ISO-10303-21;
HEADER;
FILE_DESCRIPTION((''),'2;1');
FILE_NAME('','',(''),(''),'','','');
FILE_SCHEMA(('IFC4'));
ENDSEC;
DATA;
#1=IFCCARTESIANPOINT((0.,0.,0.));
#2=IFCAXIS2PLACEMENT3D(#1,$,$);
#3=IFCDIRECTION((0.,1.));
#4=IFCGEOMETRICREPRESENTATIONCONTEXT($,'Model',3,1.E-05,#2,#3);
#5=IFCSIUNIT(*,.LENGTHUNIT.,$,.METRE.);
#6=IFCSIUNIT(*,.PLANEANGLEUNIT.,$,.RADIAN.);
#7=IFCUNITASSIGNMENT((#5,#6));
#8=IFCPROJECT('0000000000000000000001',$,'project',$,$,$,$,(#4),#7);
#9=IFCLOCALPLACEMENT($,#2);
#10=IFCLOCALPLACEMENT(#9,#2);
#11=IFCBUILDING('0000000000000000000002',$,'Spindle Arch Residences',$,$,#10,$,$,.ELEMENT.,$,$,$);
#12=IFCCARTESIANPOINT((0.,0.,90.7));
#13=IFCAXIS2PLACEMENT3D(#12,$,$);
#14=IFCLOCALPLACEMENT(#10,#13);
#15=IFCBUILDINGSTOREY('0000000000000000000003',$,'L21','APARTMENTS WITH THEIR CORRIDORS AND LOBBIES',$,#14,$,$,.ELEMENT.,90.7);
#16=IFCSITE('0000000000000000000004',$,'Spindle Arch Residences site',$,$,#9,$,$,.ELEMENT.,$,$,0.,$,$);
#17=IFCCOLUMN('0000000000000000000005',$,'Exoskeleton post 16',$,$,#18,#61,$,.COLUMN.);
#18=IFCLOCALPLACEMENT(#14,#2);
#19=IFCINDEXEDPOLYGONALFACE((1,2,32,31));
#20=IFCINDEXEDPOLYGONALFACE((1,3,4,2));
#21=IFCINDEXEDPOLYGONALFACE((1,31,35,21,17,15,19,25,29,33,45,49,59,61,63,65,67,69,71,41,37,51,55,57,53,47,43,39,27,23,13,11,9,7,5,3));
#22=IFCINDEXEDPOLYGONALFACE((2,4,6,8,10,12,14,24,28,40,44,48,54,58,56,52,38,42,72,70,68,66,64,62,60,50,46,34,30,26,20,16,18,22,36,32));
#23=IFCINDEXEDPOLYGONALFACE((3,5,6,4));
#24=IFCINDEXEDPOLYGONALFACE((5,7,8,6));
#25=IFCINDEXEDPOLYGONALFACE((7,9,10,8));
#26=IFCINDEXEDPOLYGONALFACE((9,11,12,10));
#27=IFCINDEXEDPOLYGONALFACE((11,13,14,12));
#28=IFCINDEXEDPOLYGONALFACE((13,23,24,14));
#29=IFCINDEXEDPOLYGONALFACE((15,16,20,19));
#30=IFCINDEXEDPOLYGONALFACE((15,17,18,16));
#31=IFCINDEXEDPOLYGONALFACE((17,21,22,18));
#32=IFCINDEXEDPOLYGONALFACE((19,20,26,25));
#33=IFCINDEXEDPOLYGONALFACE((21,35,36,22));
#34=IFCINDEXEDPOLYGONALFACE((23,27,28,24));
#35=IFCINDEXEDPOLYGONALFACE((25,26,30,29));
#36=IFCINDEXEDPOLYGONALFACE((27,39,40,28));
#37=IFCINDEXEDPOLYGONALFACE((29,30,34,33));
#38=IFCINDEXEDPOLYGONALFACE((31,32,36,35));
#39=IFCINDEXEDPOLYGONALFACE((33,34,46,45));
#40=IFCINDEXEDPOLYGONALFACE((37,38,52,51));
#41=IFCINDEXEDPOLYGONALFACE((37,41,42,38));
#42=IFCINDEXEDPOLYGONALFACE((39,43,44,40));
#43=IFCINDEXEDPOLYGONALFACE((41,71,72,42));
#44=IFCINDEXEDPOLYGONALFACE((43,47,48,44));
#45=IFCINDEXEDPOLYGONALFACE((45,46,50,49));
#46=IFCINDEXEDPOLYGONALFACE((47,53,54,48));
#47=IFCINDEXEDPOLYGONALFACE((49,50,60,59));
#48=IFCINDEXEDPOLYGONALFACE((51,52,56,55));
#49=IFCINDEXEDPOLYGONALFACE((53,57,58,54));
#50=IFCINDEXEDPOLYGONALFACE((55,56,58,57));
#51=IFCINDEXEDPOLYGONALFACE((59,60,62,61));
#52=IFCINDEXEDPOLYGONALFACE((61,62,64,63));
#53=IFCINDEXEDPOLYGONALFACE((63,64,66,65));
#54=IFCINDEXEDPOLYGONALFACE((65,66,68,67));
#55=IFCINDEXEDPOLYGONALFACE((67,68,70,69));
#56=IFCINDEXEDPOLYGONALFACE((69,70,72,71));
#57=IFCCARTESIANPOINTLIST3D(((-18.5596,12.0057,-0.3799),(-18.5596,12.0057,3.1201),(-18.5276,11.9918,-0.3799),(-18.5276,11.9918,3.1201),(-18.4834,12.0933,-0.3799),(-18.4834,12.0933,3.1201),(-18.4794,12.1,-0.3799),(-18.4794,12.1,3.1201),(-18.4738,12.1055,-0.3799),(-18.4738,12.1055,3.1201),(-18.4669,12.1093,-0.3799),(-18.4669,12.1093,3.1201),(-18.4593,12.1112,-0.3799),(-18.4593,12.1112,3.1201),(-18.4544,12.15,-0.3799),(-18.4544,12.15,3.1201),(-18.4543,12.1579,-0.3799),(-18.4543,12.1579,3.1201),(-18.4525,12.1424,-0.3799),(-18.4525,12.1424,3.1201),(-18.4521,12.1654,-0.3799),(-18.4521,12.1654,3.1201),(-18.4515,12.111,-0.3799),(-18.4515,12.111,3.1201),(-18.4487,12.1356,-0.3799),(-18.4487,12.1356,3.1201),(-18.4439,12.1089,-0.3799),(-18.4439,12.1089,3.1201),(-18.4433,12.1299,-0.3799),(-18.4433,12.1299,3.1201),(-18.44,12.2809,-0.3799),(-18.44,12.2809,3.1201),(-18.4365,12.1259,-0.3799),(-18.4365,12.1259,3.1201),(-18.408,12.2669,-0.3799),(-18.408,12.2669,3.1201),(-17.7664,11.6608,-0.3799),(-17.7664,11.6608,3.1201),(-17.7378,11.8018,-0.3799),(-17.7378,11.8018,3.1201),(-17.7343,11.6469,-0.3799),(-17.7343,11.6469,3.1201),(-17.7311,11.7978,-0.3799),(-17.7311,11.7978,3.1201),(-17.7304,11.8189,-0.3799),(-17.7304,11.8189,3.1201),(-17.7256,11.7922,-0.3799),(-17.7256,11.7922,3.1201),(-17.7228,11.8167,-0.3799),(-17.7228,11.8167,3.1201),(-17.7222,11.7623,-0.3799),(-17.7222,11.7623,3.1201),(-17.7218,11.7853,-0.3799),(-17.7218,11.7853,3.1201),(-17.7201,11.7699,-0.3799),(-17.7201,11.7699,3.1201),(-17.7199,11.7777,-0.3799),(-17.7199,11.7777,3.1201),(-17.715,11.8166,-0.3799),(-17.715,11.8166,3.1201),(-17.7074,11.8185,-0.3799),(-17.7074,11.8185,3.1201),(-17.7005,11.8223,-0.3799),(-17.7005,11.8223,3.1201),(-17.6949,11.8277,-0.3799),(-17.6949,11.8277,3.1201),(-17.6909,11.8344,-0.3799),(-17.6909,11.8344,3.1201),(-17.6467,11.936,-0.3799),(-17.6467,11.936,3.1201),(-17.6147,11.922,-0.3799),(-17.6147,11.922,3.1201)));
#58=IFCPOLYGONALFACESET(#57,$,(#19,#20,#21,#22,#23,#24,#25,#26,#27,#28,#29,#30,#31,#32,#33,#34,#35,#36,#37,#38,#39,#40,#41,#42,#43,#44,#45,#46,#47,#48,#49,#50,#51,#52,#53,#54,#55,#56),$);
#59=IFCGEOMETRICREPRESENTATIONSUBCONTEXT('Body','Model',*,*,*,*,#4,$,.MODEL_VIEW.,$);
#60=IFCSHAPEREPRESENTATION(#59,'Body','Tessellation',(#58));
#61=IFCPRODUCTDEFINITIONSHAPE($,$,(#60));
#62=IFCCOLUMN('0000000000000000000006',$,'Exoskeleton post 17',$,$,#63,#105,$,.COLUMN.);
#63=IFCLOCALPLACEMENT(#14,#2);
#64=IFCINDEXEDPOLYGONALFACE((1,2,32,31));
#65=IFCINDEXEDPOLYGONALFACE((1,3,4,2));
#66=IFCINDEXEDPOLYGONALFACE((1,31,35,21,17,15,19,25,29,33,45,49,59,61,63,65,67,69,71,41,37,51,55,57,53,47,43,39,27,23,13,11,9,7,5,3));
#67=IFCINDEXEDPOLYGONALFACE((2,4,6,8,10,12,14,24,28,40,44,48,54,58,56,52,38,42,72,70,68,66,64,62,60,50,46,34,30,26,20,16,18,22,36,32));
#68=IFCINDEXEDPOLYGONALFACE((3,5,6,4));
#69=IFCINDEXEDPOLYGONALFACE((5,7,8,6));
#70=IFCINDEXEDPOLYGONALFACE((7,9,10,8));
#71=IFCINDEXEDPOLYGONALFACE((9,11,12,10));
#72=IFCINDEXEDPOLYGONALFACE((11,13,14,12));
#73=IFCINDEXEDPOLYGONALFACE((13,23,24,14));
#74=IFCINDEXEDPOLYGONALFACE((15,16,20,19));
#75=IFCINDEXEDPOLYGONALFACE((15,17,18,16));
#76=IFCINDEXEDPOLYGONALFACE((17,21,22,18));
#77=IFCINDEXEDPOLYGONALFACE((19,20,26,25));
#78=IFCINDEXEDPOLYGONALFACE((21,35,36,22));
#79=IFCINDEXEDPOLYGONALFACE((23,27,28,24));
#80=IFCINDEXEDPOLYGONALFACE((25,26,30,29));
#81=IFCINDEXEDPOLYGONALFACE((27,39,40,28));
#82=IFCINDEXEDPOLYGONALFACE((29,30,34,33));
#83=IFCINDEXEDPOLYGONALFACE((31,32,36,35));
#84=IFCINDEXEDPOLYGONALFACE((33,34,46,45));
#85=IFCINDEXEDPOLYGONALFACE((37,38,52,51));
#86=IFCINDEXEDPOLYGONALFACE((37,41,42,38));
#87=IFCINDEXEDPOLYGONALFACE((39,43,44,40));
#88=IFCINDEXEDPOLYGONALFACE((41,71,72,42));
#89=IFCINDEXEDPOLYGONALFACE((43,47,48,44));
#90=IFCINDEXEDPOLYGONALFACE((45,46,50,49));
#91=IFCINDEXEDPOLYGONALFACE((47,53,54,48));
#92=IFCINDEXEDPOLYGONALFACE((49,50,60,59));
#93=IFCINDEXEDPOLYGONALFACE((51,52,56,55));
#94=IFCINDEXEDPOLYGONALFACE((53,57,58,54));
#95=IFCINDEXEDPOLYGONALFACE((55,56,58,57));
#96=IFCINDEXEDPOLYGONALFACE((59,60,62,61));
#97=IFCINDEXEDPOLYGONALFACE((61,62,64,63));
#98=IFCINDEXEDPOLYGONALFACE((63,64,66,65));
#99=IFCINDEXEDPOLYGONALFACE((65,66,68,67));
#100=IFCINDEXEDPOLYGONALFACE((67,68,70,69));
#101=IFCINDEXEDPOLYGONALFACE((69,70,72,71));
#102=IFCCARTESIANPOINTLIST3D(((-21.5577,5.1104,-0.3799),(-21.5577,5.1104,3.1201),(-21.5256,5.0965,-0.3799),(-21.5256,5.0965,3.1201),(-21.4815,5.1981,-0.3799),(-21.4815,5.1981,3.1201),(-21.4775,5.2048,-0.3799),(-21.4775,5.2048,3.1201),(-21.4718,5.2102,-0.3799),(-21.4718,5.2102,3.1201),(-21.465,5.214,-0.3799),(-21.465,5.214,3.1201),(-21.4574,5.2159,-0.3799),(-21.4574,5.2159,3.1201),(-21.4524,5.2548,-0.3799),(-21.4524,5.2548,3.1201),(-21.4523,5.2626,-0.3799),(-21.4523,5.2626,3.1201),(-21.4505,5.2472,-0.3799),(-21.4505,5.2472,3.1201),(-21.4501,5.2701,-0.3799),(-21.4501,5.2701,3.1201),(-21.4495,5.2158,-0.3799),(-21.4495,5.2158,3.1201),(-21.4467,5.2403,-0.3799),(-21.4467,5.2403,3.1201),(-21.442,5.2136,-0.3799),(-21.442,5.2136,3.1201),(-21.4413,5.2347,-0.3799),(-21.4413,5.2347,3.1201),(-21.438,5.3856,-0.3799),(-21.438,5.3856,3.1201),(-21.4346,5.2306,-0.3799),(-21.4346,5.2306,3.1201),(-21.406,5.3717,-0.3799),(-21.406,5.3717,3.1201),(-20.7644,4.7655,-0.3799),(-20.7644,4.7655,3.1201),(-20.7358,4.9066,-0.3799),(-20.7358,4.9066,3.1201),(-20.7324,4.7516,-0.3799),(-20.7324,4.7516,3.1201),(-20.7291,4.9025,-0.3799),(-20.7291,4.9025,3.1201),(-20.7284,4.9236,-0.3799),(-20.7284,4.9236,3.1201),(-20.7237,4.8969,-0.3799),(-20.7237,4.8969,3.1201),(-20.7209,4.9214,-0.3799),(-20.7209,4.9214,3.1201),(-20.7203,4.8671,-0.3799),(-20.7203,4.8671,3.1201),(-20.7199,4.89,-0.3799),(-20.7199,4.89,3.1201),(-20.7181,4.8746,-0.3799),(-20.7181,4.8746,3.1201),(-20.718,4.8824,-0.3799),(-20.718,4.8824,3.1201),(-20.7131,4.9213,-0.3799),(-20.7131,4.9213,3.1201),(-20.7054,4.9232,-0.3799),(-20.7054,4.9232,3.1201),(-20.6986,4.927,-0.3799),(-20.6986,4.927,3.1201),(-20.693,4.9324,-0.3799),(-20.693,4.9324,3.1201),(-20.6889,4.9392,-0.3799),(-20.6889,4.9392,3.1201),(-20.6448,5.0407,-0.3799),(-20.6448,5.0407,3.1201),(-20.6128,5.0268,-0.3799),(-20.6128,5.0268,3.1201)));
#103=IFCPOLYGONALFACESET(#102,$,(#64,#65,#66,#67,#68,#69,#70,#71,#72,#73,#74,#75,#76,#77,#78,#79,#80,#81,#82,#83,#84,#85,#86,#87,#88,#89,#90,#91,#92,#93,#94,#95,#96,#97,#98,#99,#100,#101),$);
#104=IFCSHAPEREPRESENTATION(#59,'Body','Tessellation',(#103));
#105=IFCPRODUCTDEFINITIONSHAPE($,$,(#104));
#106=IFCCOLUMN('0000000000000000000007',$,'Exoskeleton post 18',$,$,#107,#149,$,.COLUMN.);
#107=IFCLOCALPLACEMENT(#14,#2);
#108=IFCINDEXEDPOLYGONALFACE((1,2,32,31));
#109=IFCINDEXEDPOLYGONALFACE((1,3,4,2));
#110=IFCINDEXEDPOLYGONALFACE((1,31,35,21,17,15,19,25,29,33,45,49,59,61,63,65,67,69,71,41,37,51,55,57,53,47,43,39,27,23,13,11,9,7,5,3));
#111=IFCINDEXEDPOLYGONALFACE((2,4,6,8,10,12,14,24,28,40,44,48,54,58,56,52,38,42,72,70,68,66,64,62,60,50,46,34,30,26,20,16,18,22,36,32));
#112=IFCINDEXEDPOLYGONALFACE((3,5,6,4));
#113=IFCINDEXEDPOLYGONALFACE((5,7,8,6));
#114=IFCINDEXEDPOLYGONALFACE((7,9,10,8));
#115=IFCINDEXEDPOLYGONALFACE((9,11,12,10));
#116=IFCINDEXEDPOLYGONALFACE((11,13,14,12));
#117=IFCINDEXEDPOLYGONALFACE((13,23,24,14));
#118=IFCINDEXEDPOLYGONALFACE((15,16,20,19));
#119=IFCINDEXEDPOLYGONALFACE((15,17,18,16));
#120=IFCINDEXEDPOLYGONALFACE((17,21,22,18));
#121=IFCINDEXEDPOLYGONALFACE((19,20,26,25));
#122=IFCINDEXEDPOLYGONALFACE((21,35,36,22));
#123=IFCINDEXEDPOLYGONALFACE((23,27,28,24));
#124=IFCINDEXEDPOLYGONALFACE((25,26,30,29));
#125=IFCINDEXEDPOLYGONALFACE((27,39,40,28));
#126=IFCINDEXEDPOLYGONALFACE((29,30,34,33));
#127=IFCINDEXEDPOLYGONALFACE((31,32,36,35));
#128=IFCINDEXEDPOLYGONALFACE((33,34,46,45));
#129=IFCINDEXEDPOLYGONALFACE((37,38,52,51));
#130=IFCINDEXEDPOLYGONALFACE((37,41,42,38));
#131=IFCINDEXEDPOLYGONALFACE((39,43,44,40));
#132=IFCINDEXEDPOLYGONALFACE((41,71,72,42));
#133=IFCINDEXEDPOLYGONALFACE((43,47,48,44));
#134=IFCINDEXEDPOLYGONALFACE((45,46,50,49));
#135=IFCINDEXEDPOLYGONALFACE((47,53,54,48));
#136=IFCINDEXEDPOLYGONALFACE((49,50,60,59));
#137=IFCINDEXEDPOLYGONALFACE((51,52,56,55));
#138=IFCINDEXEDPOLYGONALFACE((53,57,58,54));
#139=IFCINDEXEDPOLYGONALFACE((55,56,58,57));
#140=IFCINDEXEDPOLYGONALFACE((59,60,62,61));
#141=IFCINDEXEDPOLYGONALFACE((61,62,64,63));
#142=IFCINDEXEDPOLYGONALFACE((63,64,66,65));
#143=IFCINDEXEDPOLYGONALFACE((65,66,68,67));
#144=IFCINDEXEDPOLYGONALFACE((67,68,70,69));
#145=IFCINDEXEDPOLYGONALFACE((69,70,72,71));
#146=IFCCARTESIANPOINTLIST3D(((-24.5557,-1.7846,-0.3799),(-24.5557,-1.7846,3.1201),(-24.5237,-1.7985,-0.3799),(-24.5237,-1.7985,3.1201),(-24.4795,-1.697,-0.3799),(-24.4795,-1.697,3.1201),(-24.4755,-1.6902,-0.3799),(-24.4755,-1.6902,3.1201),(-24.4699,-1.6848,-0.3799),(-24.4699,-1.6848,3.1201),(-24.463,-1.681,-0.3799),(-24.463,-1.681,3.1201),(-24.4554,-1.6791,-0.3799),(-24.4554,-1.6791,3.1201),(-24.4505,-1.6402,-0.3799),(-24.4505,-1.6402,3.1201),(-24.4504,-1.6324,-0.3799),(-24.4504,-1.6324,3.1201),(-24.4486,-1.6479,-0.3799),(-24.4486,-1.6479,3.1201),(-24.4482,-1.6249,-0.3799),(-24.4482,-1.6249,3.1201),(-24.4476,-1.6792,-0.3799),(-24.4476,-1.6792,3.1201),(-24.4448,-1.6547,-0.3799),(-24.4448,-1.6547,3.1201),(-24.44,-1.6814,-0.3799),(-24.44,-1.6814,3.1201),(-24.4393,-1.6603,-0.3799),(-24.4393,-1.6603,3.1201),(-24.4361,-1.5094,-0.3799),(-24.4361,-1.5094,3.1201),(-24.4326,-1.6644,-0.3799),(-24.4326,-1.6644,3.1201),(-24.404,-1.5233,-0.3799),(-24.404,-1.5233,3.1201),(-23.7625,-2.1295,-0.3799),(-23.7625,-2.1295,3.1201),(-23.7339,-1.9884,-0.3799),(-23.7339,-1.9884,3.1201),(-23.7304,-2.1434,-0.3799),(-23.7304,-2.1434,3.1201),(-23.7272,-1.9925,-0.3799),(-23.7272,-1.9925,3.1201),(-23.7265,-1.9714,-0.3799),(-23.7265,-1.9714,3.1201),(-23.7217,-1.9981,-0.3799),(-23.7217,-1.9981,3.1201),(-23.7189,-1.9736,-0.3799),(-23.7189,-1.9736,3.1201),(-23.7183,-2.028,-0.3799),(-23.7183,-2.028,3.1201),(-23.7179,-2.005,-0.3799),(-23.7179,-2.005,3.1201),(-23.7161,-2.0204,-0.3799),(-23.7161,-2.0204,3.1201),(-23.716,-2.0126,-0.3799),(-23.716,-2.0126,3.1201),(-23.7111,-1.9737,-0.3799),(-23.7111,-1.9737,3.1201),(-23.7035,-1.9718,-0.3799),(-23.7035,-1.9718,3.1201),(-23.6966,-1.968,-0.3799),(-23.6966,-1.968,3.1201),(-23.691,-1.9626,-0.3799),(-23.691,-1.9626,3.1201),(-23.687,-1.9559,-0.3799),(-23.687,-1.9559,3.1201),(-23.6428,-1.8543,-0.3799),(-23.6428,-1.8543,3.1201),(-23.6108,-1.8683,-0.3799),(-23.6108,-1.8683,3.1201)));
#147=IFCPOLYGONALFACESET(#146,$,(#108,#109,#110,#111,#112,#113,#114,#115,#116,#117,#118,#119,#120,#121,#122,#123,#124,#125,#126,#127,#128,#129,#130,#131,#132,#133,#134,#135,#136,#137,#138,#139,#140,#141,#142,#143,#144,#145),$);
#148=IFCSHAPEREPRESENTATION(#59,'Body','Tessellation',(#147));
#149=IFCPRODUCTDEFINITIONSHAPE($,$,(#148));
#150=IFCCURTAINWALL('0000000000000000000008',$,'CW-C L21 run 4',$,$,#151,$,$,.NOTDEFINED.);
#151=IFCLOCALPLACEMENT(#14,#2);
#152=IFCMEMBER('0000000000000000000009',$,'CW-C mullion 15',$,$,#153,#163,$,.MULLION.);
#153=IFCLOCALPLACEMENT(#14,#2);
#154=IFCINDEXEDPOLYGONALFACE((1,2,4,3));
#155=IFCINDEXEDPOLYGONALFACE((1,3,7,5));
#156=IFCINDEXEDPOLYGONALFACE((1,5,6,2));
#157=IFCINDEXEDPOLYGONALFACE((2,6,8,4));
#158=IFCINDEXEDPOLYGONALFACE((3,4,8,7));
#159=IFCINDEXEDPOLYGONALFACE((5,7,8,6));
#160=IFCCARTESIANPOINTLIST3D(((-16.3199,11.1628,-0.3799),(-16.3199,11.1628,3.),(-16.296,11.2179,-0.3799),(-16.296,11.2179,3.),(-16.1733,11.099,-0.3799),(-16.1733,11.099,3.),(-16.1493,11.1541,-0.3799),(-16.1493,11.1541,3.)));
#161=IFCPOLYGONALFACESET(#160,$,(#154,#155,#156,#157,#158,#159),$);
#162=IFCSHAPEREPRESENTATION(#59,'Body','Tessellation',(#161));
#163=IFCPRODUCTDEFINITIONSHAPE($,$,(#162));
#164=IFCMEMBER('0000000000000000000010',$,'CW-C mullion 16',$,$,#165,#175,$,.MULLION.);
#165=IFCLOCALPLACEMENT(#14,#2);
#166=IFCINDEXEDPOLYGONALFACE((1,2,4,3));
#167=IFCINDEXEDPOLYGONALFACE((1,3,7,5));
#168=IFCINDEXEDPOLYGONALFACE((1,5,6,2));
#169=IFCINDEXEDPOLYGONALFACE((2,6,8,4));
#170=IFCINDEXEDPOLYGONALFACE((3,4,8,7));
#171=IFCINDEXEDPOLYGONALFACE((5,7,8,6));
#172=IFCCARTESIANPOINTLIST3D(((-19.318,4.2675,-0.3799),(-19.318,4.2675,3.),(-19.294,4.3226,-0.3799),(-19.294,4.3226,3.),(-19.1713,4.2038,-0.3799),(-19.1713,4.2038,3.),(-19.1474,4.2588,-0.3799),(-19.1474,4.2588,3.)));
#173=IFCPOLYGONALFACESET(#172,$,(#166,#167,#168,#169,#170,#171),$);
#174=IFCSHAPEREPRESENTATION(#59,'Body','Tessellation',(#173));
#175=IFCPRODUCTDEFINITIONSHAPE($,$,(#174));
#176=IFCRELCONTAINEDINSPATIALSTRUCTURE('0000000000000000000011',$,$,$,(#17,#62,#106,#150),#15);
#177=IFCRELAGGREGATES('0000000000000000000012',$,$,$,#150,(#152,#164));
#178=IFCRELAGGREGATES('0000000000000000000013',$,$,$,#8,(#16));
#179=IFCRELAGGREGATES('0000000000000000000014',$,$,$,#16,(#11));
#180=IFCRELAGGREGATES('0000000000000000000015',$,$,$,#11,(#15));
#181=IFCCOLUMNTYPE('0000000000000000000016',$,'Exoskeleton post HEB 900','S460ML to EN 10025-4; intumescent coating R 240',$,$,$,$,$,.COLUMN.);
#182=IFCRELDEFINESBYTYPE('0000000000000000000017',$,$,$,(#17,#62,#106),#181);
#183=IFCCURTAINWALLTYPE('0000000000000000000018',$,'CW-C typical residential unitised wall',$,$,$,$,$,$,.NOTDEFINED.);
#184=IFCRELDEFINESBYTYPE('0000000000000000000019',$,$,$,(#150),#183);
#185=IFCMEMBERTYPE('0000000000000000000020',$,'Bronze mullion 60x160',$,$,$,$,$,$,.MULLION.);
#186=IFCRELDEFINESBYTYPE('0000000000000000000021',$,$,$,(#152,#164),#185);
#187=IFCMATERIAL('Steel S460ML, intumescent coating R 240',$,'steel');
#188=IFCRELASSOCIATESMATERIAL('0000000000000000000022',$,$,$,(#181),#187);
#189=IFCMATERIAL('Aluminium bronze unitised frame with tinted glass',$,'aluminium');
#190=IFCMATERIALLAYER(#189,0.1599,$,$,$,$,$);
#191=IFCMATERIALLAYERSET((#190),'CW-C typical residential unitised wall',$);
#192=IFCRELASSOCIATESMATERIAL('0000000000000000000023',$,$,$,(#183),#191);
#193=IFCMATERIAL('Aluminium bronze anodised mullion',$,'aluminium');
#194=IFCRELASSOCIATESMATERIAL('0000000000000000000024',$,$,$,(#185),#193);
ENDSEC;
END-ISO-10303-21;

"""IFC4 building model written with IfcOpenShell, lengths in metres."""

from ifc_helpers import new_model, si_unit, direction, frame, origin, origin_2d, place, context, subcontext, project, spatial, rectangle, i_section, extrude, material, layer, layer_set, material_profile, profile_set, type_object, element, aggregate, save


model = new_model("IFC4")

# Units and contexts
model_context = context("Model", 3, precision=1e-05, world=origin(), true_north=direction((0.0, 1.0)))
body_context = subcontext(model_context, "Body", "Model", "MODEL_VIEW")
ifc_project = project(units=[si_unit("LENGTHUNIT", "METRE"), si_unit("PLANEANGLEUNIT", "RADIAN")], contexts=[model_context])

# Site, building, storey
site_placement = place(None, origin())
site = spatial("IfcSite", under=ifc_project, at=site_placement, Name="Spindle Arch Residences site", CompositionType="ELEMENT", RefElevation=0.0)
building_placement = place(site_placement, origin())
building = spatial("IfcBuilding", under=site, at=building_placement, Name="Spindle Arch Residences", CompositionType="ELEMENT")
storey_placement = place(building_placement, frame((0.0, 0.0, 90.7)))
storey = spatial("IfcBuildingStorey", under=building, at=storey_placement, Name="L21", Description="APARTMENTS WITH THEIR CORRIDORS AND LOBBIES", CompositionType="ELEMENT", Elevation=90.7)

# Columns
ifc_material_1 = material(Name="Steel S460ML, intumescent coating R 240", Category="steel")
ifc_material_profile_1 = material_profile(ifc_material_1, i_section(OverallWidth=0.3, OverallDepth=0.8999, WebThickness=0.0186, FlangeThickness=0.0349, FilletRadius=0.03, at=origin_2d()), Name="HEB 900")
ifc_profile_set_1 = profile_set([ifc_material_profile_1], Name="Steel S460ML, intumescent coating R 240")
column_type = type_object("IfcColumnType", Name="Exoskeleton post HEB 900", Description="S460ML to EN 10025-4; intumescent coating R 240", PredefinedType="COLUMN", material=ifc_profile_set_1)
for number, where, z_axis, x_axis, name in (
    (1, (-18.0872, 11.9639, -0.3799), (0.0, 0.0, 1.0), (0.398749, 0.91706, 0.0), "Exoskeleton post 16"),
    (2, (-21.0852, 5.0686, -0.3799), (0.0, 0.0, 1.0), (0.398749, 0.91706, 0.0), "Exoskeleton post 17"),
    (3, (-24.0833, -1.8264, -0.3799), (0.0, 0.0, 1.0), (0.398749, 0.91706, 0.0), "Exoskeleton post 18"),
):
    element("IfcColumn", number, at=place(storey_placement, frame(where, z_axis=z_axis, x_axis=x_axis)), inside=storey, type_object=column_type, Name=name, PredefinedType="COLUMN", context=body_context, shape_type="SweptSolid", body=[
        extrude(i_section(OverallWidth=0.3, OverallDepth=0.8999, WebThickness=0.0186, FlangeThickness=0.0349, FilletRadius=0.03, at=origin_2d()), origin(), (0.0, 0.0, 1.0), 3.5),
    ])

# Curtain wall, members
ifc_material_2 = material(Name="Aluminium bronze unitised frame with tinted glass", Category="aluminium")
ifc_layer_1 = layer(ifc_material_2, 0.1599)
ifc_layer_set_1 = layer_set([ifc_layer_1], Name="CW-C typical residential unitised wall")
curtain_wall_type = type_object("IfcCurtainWallType", Name="CW-C typical residential unitised wall", PredefinedType="NOTDEFINED", material=ifc_layer_set_1)
curtain_wall_placement = place(storey_placement, origin())
curtain_wall = element("IfcCurtainWall", 4, at=curtain_wall_placement, inside=storey, type_object=curtain_wall_type, Name="CW-C L21 run 4", PredefinedType="NOTDEFINED")
ifc_material_3 = material(Name="Aluminium bronze anodised mullion", Category="aluminium")
ifc_material_profile_2 = material_profile(ifc_material_3, rectangle(XDim=0.1599, YDim=0.0601, at=origin_2d()), Name="MU 60x160")
ifc_profile_set_2 = profile_set([ifc_material_profile_2], Name="Aluminium bronze anodised mullion")
member_type_1 = type_object("IfcMemberType", Name="Bronze mullion 60x160", PredefinedType="MULLION", material=ifc_profile_set_2)
member_1_placement = place(storey_placement, frame((-16.2346, 11.1584, -0.3799), z_axis=(0.0, 0.0, 1.0), x_axis=(0.91706, -0.398749, 0.0)))
member_1 = element("IfcMember", 5, at=member_1_placement, type_object=member_type_1, Name="CW-C mullion 15", PredefinedType="MULLION", context=body_context, shape_type="SweptSolid", body=[
    extrude(rectangle(XDim=0.1599, YDim=0.0601, at=origin_2d()), origin(), (0.0, 0.0, 1.0), 3.3799),
])
member_2_placement = place(storey_placement, frame((-19.2327, 4.2632, -0.3799), z_axis=(0.0, 0.0, 1.0), x_axis=(0.91706, -0.398749, 0.0)))
member_2 = element("IfcMember", 6, at=member_2_placement, type_object=member_type_1, Name="CW-C mullion 16", PredefinedType="MULLION", context=body_context, shape_type="SweptSolid", body=[
    extrude(rectangle(XDim=0.1599, YDim=0.0601, at=origin_2d()), origin(), (0.0, 0.0, 1.0), 3.3799),
])

aggregate(curtain_wall, [member_1, member_2])

save(model, "model.ifc")
